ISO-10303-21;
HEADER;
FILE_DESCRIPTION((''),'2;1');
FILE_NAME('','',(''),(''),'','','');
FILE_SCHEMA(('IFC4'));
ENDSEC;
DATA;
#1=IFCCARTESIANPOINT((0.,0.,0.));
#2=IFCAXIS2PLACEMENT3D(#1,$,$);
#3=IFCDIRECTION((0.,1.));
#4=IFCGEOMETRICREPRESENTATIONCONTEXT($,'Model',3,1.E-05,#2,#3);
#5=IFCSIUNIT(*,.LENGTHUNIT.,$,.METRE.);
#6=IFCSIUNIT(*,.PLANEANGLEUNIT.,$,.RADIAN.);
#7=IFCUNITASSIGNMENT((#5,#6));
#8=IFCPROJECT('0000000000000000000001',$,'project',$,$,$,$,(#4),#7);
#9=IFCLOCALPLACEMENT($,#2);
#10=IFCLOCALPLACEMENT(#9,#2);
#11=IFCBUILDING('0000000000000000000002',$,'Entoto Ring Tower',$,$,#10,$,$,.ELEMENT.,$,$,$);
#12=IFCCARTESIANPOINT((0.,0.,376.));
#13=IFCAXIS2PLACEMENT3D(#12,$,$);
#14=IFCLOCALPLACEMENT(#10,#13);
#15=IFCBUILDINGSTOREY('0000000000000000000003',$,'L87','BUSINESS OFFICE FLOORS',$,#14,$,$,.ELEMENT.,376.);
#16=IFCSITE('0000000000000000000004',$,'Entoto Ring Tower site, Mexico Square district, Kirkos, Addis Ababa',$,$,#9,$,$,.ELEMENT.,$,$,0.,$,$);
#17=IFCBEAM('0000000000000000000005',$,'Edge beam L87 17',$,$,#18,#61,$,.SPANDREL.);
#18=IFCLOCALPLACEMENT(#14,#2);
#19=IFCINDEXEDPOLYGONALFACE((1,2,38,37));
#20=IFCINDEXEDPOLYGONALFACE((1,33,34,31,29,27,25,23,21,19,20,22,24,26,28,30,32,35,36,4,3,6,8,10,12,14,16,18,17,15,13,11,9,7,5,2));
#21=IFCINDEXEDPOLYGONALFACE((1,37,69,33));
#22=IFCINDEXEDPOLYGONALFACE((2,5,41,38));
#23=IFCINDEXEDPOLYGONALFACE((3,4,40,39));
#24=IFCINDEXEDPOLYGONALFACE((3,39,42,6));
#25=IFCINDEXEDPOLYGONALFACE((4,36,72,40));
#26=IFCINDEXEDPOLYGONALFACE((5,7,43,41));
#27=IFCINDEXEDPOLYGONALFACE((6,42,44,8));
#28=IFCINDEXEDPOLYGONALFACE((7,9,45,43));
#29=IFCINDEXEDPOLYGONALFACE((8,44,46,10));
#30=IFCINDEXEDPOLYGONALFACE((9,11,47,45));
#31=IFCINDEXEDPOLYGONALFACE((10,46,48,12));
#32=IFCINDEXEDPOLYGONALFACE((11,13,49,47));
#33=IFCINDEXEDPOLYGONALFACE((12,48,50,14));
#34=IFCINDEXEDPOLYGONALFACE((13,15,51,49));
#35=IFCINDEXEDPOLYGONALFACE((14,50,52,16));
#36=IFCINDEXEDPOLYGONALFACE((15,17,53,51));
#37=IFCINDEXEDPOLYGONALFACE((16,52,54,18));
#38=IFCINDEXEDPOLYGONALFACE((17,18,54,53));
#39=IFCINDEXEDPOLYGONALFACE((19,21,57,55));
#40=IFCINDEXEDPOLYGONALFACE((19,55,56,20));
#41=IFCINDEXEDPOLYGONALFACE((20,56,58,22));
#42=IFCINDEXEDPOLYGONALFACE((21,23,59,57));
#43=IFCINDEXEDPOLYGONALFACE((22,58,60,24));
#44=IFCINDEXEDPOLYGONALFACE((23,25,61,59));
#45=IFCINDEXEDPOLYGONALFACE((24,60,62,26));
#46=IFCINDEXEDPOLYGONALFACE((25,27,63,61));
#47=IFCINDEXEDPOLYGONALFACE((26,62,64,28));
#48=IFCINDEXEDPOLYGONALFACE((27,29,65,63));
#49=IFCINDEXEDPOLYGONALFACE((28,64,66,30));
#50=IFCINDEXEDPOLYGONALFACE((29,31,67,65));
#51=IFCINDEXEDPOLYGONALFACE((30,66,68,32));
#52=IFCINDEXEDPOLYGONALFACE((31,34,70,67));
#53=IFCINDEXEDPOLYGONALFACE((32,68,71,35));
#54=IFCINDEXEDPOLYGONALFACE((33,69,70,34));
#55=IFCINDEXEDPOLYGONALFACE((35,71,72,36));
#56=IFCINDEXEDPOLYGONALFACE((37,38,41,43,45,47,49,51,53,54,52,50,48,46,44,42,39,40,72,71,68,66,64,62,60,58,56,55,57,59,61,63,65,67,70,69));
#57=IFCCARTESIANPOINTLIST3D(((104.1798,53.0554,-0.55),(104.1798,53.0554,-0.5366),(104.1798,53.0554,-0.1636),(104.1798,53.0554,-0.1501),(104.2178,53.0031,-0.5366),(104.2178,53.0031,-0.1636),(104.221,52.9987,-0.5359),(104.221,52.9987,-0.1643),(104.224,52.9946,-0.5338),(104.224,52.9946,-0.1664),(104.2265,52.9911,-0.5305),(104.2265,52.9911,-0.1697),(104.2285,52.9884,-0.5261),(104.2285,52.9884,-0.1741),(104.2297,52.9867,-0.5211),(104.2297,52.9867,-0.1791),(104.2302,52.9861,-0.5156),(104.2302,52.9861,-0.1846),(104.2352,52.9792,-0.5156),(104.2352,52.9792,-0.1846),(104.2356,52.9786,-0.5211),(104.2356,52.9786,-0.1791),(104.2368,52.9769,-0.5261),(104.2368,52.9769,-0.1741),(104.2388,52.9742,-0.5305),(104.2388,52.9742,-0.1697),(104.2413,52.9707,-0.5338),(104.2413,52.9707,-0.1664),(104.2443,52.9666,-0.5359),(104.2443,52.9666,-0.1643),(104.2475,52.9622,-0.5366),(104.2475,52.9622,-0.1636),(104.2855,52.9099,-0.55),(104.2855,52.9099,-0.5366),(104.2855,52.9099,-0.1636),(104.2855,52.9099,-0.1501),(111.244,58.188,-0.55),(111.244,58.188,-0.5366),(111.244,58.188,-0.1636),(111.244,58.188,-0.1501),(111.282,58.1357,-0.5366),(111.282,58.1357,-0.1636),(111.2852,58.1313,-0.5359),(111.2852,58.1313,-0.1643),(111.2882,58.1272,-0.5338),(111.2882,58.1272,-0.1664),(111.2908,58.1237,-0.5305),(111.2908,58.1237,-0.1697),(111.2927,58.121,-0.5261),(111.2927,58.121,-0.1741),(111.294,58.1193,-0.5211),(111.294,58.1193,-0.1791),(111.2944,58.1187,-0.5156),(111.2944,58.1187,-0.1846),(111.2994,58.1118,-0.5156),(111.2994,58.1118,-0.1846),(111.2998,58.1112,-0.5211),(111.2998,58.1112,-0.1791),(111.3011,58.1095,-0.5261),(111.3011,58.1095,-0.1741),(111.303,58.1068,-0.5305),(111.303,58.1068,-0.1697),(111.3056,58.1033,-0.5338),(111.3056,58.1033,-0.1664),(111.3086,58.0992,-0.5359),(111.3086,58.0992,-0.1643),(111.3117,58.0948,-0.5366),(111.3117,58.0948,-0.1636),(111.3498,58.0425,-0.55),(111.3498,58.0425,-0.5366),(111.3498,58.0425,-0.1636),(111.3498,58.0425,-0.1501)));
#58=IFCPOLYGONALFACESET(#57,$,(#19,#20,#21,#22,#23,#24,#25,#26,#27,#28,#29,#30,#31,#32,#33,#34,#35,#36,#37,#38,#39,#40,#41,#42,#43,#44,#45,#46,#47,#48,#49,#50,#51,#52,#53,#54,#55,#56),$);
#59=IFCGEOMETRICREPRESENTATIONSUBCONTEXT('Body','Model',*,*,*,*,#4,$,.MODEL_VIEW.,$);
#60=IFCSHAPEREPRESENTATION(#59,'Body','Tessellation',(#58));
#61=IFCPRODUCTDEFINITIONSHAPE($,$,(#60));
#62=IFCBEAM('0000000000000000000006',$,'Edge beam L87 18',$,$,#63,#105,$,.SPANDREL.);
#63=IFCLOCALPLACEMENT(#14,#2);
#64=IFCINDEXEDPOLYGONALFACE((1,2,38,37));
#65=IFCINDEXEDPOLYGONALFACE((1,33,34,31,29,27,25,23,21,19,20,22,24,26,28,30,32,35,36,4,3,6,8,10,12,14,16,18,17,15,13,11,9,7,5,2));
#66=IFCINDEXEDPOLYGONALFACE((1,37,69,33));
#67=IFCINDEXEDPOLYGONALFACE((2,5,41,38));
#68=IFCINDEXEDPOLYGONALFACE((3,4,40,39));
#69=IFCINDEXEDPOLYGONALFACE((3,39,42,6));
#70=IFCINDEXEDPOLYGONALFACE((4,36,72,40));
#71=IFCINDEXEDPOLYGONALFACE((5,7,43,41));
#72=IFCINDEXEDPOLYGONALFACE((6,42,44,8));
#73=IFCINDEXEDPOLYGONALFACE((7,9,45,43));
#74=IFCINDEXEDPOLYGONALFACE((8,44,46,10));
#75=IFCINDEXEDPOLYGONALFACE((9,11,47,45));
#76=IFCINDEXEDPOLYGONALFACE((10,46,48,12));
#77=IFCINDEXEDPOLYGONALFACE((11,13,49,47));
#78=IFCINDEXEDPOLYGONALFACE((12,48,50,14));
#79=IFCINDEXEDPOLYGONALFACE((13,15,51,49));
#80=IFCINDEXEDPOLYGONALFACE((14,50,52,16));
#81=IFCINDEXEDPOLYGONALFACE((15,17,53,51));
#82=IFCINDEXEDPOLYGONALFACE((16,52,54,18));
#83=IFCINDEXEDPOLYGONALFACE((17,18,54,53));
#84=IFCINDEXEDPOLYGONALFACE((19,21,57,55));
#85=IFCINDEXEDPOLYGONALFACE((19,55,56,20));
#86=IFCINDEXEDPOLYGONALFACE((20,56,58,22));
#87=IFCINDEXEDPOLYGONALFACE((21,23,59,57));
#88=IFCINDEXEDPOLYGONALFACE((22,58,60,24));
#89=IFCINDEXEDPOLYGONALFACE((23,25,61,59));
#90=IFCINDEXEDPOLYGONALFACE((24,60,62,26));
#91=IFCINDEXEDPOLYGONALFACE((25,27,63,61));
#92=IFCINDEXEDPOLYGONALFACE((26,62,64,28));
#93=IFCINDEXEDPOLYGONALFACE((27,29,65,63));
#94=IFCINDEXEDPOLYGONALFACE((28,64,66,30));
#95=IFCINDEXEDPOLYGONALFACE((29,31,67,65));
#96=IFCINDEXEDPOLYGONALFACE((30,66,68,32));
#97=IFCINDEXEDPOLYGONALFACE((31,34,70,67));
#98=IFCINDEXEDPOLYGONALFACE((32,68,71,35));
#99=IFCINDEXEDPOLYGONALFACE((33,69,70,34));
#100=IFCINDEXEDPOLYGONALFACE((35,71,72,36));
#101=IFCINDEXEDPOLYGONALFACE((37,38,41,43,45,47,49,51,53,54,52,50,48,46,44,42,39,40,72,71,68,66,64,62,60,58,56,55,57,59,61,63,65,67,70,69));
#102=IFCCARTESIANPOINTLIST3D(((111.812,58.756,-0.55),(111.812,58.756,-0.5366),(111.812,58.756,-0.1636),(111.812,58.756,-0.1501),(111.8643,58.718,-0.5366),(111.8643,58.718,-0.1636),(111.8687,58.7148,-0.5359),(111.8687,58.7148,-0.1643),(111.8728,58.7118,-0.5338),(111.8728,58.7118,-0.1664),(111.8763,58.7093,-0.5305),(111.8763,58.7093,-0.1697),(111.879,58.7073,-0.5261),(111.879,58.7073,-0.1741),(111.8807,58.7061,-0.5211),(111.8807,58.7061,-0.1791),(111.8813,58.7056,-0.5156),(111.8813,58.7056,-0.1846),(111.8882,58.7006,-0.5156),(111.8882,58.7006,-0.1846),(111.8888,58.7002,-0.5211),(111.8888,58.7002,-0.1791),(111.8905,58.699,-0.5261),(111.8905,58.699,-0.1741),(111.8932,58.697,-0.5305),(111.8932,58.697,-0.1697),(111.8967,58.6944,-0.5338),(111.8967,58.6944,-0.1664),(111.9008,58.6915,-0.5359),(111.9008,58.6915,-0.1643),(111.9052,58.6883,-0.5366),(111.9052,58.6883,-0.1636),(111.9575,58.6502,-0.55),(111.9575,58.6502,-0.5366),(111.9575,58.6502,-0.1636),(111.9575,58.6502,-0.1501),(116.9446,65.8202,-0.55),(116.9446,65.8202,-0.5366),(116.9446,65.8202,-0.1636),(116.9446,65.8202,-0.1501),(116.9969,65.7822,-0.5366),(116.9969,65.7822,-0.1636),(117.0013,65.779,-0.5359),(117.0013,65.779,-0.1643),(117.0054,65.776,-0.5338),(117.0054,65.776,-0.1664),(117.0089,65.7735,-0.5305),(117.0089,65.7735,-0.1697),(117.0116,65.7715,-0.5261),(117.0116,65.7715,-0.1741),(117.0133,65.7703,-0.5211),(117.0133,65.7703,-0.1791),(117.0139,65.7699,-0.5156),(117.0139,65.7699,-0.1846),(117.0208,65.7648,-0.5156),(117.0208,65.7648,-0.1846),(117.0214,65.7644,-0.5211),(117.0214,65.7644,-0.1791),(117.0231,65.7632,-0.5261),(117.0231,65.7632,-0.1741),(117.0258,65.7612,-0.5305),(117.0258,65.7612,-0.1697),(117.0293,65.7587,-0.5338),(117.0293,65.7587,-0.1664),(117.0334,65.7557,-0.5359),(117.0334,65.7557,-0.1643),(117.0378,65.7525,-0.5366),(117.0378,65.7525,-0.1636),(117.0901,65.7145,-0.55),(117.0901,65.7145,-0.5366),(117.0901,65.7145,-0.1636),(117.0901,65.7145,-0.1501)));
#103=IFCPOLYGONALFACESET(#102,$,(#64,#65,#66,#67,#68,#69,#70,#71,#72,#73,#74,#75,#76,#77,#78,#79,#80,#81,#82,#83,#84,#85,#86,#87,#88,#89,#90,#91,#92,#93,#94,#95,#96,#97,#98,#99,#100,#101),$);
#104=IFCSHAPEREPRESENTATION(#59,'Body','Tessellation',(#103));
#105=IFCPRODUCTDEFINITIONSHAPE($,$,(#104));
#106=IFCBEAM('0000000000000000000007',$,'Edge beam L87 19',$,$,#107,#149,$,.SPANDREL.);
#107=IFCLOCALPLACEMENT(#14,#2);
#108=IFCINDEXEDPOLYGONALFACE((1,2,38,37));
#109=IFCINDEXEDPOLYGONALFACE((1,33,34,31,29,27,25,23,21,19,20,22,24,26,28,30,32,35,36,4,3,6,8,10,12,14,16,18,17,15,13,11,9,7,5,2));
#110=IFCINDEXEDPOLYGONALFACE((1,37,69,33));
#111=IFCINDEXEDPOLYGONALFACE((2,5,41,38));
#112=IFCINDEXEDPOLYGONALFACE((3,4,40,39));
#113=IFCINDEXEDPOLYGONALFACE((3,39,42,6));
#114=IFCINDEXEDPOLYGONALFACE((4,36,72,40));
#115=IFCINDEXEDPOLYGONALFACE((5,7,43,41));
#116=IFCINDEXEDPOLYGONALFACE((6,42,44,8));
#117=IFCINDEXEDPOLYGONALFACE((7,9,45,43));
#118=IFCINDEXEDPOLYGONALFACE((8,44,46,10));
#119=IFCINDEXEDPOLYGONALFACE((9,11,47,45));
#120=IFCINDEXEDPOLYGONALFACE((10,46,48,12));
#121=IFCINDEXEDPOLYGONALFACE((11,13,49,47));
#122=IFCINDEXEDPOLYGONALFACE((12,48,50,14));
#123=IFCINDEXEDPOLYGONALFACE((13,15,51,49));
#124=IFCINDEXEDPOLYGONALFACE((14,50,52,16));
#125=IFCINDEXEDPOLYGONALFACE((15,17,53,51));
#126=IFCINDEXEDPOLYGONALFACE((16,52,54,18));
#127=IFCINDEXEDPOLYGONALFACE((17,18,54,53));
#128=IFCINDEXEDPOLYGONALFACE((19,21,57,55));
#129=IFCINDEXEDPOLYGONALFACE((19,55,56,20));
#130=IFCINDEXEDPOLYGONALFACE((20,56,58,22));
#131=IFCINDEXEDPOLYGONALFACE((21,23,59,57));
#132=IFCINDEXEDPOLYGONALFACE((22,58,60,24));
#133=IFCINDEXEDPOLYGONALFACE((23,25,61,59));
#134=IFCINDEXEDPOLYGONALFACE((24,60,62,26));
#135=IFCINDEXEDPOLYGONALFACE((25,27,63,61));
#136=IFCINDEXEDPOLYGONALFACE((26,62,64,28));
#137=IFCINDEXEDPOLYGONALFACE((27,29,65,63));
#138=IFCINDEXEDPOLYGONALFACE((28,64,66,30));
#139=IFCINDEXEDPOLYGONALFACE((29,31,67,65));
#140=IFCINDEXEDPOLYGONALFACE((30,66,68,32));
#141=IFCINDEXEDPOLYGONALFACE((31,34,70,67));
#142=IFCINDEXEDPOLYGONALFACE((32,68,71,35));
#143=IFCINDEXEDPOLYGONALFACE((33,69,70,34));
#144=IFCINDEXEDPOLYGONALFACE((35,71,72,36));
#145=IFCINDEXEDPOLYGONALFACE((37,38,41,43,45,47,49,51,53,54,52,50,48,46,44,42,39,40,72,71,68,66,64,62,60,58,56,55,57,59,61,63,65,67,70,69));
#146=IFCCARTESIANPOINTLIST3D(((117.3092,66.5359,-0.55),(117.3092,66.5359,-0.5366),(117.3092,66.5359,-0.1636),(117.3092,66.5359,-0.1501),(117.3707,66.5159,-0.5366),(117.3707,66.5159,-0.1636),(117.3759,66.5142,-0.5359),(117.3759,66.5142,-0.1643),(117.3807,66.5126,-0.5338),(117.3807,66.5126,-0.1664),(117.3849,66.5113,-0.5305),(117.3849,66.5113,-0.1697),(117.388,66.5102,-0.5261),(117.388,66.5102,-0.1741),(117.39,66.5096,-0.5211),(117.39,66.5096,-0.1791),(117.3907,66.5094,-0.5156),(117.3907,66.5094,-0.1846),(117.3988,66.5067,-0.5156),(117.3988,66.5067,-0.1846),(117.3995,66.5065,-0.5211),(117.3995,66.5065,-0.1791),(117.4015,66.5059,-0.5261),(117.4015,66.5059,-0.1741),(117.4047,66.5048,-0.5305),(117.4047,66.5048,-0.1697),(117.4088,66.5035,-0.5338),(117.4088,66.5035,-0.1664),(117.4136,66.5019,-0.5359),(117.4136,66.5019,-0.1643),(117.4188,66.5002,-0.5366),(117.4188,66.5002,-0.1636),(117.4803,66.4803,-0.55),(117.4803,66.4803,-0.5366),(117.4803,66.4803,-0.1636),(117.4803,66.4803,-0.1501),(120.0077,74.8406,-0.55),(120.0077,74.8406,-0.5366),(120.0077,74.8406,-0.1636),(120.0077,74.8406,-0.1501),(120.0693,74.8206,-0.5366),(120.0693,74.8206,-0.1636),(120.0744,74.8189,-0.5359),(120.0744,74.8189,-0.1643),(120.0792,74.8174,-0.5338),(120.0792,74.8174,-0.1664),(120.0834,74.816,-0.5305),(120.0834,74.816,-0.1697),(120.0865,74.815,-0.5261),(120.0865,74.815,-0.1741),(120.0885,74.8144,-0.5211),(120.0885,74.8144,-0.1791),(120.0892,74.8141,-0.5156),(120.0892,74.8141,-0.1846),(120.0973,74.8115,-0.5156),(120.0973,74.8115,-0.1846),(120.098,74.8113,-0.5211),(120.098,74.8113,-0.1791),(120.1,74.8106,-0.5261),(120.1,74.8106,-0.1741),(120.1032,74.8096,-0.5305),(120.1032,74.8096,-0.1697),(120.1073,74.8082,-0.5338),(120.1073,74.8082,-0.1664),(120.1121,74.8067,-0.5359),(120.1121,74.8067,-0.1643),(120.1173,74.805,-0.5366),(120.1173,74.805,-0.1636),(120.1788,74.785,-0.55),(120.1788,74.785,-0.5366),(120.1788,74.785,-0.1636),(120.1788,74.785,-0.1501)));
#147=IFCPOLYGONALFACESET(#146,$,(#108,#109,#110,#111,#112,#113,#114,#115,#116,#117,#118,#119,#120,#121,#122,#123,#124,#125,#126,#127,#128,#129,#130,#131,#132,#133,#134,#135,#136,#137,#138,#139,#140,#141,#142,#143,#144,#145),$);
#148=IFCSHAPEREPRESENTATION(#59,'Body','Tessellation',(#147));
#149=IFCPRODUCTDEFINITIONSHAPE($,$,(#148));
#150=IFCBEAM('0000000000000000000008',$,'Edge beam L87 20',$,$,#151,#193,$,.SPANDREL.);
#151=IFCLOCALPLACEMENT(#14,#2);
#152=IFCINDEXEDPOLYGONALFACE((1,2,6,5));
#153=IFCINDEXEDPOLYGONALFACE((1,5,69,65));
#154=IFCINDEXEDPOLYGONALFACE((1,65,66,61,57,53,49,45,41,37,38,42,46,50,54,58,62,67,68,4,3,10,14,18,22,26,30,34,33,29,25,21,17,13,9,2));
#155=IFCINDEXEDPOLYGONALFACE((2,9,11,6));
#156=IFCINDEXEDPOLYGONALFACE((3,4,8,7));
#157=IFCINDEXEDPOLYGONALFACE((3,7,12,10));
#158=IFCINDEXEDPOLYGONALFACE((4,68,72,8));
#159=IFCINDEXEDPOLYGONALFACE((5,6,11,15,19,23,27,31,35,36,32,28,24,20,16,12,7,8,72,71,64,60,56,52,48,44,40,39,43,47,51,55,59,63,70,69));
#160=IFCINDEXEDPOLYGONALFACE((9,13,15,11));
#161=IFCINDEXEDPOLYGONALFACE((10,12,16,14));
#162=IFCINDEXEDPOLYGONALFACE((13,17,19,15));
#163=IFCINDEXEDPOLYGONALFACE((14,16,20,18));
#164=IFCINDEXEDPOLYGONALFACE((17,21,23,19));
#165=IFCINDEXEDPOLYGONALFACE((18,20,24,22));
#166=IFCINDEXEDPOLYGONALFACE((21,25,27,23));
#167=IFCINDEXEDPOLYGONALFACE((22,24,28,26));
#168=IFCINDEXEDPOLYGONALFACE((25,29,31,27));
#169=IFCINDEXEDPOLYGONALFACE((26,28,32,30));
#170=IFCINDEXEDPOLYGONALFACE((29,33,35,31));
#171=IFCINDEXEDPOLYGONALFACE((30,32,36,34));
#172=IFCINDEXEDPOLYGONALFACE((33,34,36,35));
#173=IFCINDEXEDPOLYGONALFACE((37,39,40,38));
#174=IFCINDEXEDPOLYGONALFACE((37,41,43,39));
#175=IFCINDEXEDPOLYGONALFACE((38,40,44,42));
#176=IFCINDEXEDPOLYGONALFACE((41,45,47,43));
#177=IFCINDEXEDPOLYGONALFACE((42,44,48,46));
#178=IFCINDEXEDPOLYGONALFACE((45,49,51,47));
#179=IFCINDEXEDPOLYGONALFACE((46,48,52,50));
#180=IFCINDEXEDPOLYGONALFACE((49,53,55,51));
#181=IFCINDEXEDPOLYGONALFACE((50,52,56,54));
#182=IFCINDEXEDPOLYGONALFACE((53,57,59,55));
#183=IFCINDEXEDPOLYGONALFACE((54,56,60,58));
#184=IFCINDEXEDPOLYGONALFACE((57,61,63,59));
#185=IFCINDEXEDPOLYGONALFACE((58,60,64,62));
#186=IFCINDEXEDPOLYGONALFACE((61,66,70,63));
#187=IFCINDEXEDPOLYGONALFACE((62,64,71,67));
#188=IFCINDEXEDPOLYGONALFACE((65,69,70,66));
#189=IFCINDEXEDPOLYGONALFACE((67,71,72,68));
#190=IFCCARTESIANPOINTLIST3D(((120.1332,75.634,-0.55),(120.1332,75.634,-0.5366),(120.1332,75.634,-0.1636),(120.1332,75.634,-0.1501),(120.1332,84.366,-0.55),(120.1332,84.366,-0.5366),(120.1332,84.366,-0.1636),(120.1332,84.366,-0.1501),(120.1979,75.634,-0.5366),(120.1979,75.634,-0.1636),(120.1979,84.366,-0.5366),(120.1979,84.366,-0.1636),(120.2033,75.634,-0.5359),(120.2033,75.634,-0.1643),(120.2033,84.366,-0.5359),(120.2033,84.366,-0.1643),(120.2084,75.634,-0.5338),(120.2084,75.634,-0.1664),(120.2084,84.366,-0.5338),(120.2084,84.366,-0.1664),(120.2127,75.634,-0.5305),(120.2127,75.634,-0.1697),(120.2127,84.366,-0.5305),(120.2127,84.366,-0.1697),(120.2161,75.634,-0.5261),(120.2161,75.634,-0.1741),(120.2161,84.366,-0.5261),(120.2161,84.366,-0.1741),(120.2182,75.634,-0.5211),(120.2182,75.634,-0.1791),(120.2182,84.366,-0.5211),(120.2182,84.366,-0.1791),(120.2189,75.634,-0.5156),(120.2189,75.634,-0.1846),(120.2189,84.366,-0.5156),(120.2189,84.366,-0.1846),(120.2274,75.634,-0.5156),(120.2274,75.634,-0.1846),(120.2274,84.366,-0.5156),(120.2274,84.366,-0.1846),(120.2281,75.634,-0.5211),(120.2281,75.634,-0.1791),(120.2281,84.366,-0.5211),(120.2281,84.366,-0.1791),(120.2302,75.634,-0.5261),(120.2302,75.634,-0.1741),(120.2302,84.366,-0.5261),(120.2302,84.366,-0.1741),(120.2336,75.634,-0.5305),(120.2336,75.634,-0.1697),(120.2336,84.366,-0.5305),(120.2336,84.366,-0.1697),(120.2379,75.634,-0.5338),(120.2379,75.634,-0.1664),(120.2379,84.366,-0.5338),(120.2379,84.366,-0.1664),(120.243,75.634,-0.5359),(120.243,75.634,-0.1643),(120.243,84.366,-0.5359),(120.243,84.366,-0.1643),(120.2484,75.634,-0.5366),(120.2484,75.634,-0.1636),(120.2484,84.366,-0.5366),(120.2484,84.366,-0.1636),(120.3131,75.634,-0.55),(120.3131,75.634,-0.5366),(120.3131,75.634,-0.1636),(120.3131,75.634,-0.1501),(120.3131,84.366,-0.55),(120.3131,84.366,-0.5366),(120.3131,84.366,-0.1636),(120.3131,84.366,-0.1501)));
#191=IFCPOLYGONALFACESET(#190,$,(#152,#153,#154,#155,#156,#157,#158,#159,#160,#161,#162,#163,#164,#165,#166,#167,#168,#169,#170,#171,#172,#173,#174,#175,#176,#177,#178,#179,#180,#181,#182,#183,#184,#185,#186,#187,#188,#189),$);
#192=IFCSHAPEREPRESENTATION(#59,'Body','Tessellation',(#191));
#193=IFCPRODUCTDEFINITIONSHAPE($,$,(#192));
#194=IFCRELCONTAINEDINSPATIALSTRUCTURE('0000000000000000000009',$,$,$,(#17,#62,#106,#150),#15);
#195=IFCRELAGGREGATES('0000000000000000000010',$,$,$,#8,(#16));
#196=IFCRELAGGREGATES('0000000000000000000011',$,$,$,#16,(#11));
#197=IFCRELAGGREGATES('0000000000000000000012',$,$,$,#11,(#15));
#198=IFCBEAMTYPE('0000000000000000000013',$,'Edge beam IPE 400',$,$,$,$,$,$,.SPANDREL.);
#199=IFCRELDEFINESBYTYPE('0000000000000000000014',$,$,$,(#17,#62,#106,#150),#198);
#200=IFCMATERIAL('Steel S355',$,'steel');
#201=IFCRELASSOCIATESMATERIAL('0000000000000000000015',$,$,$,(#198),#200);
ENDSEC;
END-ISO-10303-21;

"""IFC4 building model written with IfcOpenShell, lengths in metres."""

from ifc_helpers import new_model, si_unit, direction, frame, origin, origin_2d, place, context, subcontext, project, spatial, i_section, extrude, material, material_profile, profile_set, type_object, element, save


model = new_model("IFC4")

# Units and contexts
model_context = context("Model", 3, precision=1e-05, world=origin(), true_north=direction((0.0, 1.0)))
body_context = subcontext(model_context, "Body", "Model", "MODEL_VIEW")
ifc_project = project(units=[si_unit("LENGTHUNIT", "METRE"), si_unit("PLANEANGLEUNIT", "RADIAN")], contexts=[model_context])

# Site, building, storey
site_placement = place(None, origin())
site = spatial("IfcSite", under=ifc_project, at=site_placement, Name="Entoto Ring Tower site, Mexico Square district, Kirkos, Addis Ababa", CompositionType="ELEMENT", RefElevation=0.0)
building_placement = place(site_placement, origin())
building = spatial("IfcBuilding", under=site, at=building_placement, Name="Entoto Ring Tower", CompositionType="ELEMENT")
storey_placement = place(building_placement, frame((0.0, 0.0, 376.0)))
storey = spatial("IfcBuildingStorey", under=building, at=storey_placement, Name="L87", Description="BUSINESS OFFICE FLOORS", CompositionType="ELEMENT", Elevation=376.0)

# Beams
ifc_material_1 = material(Name="Steel S355", Category="steel")
ifc_material_profile_1 = material_profile(ifc_material_1, i_section(OverallWidth=0.1799, OverallDepth=0.3999, WebThickness=0.0085, FlangeThickness=0.0134, FilletRadius=0.021, at=origin_2d()), Name="IPE 400")
ifc_profile_set_1 = profile_set([ifc_material_profile_1], Name="Steel S355")
beam_type_1 = type_object("IfcBeamType", Name="Edge beam IPE 400", PredefinedType="SPANDREL", material=ifc_profile_set_1)
for number, where, z_axis, x_axis, name in (
    (1, (104.2327, 52.9827, -0.3501), (0.80901, 0.587794, 0.0), (-0.587794, 0.80901, 0.0), "Edge beam L87 17"),
    (2, (111.8848, 58.7031, -0.3501), (0.587794, 0.80901, 0.0), (-0.80901, 0.587794, 0.0), "Edge beam L87 18"),
):
    element("IfcBeam", number, at=place(storey_placement, frame(where, z_axis=z_axis, x_axis=x_axis)), inside=storey, type_object=beam_type_1, Name=name, PredefinedType="SPANDREL", context=body_context, shape_type="SweptSolid", body=[
        extrude(i_section(OverallWidth=0.1799, OverallDepth=0.3999, WebThickness=0.0085, FlangeThickness=0.0134, FilletRadius=0.021, at=origin_2d()), origin(), (0.0, 0.0, 1.0), 8.7319),
    ])
beam_1_placement = place(storey_placement, frame((117.3948, 66.5081, -0.3501), z_axis=(0.30903, 0.951052, 0.0), x_axis=(-0.951052, 0.30903, 0.0)))
element("IfcBeam", 3, at=beam_1_placement, inside=storey, type_object=beam_type_1, Name="Edge beam L87 19", PredefinedType="SPANDREL", context=body_context, shape_type="SweptSolid", body=[
    extrude(i_section(OverallWidth=0.1799, OverallDepth=0.3999, WebThickness=0.0085, FlangeThickness=0.0134, FilletRadius=0.021, at=origin_2d()), origin(), (0.0, 0.0, 1.0), 8.7322),
])
beam_2_placement = place(storey_placement, frame((120.2231, 75.634, -0.3501), z_axis=(0.0, 1.0, 0.0), x_axis=(-1.0, 0.0, 0.0)))
element("IfcBeam", 4, at=beam_2_placement, inside=storey, type_object=beam_type_1, Name="Edge beam L87 20", PredefinedType="SPANDREL", context=body_context, shape_type="SweptSolid", body=[
    extrude(i_section(OverallWidth=0.1799, OverallDepth=0.3999, WebThickness=0.0085, FlangeThickness=0.0134, FilletRadius=0.021, at=origin_2d()), origin(), (0.0, 0.0, 1.0), 8.7319),
])

save(model, "model.ifc")
